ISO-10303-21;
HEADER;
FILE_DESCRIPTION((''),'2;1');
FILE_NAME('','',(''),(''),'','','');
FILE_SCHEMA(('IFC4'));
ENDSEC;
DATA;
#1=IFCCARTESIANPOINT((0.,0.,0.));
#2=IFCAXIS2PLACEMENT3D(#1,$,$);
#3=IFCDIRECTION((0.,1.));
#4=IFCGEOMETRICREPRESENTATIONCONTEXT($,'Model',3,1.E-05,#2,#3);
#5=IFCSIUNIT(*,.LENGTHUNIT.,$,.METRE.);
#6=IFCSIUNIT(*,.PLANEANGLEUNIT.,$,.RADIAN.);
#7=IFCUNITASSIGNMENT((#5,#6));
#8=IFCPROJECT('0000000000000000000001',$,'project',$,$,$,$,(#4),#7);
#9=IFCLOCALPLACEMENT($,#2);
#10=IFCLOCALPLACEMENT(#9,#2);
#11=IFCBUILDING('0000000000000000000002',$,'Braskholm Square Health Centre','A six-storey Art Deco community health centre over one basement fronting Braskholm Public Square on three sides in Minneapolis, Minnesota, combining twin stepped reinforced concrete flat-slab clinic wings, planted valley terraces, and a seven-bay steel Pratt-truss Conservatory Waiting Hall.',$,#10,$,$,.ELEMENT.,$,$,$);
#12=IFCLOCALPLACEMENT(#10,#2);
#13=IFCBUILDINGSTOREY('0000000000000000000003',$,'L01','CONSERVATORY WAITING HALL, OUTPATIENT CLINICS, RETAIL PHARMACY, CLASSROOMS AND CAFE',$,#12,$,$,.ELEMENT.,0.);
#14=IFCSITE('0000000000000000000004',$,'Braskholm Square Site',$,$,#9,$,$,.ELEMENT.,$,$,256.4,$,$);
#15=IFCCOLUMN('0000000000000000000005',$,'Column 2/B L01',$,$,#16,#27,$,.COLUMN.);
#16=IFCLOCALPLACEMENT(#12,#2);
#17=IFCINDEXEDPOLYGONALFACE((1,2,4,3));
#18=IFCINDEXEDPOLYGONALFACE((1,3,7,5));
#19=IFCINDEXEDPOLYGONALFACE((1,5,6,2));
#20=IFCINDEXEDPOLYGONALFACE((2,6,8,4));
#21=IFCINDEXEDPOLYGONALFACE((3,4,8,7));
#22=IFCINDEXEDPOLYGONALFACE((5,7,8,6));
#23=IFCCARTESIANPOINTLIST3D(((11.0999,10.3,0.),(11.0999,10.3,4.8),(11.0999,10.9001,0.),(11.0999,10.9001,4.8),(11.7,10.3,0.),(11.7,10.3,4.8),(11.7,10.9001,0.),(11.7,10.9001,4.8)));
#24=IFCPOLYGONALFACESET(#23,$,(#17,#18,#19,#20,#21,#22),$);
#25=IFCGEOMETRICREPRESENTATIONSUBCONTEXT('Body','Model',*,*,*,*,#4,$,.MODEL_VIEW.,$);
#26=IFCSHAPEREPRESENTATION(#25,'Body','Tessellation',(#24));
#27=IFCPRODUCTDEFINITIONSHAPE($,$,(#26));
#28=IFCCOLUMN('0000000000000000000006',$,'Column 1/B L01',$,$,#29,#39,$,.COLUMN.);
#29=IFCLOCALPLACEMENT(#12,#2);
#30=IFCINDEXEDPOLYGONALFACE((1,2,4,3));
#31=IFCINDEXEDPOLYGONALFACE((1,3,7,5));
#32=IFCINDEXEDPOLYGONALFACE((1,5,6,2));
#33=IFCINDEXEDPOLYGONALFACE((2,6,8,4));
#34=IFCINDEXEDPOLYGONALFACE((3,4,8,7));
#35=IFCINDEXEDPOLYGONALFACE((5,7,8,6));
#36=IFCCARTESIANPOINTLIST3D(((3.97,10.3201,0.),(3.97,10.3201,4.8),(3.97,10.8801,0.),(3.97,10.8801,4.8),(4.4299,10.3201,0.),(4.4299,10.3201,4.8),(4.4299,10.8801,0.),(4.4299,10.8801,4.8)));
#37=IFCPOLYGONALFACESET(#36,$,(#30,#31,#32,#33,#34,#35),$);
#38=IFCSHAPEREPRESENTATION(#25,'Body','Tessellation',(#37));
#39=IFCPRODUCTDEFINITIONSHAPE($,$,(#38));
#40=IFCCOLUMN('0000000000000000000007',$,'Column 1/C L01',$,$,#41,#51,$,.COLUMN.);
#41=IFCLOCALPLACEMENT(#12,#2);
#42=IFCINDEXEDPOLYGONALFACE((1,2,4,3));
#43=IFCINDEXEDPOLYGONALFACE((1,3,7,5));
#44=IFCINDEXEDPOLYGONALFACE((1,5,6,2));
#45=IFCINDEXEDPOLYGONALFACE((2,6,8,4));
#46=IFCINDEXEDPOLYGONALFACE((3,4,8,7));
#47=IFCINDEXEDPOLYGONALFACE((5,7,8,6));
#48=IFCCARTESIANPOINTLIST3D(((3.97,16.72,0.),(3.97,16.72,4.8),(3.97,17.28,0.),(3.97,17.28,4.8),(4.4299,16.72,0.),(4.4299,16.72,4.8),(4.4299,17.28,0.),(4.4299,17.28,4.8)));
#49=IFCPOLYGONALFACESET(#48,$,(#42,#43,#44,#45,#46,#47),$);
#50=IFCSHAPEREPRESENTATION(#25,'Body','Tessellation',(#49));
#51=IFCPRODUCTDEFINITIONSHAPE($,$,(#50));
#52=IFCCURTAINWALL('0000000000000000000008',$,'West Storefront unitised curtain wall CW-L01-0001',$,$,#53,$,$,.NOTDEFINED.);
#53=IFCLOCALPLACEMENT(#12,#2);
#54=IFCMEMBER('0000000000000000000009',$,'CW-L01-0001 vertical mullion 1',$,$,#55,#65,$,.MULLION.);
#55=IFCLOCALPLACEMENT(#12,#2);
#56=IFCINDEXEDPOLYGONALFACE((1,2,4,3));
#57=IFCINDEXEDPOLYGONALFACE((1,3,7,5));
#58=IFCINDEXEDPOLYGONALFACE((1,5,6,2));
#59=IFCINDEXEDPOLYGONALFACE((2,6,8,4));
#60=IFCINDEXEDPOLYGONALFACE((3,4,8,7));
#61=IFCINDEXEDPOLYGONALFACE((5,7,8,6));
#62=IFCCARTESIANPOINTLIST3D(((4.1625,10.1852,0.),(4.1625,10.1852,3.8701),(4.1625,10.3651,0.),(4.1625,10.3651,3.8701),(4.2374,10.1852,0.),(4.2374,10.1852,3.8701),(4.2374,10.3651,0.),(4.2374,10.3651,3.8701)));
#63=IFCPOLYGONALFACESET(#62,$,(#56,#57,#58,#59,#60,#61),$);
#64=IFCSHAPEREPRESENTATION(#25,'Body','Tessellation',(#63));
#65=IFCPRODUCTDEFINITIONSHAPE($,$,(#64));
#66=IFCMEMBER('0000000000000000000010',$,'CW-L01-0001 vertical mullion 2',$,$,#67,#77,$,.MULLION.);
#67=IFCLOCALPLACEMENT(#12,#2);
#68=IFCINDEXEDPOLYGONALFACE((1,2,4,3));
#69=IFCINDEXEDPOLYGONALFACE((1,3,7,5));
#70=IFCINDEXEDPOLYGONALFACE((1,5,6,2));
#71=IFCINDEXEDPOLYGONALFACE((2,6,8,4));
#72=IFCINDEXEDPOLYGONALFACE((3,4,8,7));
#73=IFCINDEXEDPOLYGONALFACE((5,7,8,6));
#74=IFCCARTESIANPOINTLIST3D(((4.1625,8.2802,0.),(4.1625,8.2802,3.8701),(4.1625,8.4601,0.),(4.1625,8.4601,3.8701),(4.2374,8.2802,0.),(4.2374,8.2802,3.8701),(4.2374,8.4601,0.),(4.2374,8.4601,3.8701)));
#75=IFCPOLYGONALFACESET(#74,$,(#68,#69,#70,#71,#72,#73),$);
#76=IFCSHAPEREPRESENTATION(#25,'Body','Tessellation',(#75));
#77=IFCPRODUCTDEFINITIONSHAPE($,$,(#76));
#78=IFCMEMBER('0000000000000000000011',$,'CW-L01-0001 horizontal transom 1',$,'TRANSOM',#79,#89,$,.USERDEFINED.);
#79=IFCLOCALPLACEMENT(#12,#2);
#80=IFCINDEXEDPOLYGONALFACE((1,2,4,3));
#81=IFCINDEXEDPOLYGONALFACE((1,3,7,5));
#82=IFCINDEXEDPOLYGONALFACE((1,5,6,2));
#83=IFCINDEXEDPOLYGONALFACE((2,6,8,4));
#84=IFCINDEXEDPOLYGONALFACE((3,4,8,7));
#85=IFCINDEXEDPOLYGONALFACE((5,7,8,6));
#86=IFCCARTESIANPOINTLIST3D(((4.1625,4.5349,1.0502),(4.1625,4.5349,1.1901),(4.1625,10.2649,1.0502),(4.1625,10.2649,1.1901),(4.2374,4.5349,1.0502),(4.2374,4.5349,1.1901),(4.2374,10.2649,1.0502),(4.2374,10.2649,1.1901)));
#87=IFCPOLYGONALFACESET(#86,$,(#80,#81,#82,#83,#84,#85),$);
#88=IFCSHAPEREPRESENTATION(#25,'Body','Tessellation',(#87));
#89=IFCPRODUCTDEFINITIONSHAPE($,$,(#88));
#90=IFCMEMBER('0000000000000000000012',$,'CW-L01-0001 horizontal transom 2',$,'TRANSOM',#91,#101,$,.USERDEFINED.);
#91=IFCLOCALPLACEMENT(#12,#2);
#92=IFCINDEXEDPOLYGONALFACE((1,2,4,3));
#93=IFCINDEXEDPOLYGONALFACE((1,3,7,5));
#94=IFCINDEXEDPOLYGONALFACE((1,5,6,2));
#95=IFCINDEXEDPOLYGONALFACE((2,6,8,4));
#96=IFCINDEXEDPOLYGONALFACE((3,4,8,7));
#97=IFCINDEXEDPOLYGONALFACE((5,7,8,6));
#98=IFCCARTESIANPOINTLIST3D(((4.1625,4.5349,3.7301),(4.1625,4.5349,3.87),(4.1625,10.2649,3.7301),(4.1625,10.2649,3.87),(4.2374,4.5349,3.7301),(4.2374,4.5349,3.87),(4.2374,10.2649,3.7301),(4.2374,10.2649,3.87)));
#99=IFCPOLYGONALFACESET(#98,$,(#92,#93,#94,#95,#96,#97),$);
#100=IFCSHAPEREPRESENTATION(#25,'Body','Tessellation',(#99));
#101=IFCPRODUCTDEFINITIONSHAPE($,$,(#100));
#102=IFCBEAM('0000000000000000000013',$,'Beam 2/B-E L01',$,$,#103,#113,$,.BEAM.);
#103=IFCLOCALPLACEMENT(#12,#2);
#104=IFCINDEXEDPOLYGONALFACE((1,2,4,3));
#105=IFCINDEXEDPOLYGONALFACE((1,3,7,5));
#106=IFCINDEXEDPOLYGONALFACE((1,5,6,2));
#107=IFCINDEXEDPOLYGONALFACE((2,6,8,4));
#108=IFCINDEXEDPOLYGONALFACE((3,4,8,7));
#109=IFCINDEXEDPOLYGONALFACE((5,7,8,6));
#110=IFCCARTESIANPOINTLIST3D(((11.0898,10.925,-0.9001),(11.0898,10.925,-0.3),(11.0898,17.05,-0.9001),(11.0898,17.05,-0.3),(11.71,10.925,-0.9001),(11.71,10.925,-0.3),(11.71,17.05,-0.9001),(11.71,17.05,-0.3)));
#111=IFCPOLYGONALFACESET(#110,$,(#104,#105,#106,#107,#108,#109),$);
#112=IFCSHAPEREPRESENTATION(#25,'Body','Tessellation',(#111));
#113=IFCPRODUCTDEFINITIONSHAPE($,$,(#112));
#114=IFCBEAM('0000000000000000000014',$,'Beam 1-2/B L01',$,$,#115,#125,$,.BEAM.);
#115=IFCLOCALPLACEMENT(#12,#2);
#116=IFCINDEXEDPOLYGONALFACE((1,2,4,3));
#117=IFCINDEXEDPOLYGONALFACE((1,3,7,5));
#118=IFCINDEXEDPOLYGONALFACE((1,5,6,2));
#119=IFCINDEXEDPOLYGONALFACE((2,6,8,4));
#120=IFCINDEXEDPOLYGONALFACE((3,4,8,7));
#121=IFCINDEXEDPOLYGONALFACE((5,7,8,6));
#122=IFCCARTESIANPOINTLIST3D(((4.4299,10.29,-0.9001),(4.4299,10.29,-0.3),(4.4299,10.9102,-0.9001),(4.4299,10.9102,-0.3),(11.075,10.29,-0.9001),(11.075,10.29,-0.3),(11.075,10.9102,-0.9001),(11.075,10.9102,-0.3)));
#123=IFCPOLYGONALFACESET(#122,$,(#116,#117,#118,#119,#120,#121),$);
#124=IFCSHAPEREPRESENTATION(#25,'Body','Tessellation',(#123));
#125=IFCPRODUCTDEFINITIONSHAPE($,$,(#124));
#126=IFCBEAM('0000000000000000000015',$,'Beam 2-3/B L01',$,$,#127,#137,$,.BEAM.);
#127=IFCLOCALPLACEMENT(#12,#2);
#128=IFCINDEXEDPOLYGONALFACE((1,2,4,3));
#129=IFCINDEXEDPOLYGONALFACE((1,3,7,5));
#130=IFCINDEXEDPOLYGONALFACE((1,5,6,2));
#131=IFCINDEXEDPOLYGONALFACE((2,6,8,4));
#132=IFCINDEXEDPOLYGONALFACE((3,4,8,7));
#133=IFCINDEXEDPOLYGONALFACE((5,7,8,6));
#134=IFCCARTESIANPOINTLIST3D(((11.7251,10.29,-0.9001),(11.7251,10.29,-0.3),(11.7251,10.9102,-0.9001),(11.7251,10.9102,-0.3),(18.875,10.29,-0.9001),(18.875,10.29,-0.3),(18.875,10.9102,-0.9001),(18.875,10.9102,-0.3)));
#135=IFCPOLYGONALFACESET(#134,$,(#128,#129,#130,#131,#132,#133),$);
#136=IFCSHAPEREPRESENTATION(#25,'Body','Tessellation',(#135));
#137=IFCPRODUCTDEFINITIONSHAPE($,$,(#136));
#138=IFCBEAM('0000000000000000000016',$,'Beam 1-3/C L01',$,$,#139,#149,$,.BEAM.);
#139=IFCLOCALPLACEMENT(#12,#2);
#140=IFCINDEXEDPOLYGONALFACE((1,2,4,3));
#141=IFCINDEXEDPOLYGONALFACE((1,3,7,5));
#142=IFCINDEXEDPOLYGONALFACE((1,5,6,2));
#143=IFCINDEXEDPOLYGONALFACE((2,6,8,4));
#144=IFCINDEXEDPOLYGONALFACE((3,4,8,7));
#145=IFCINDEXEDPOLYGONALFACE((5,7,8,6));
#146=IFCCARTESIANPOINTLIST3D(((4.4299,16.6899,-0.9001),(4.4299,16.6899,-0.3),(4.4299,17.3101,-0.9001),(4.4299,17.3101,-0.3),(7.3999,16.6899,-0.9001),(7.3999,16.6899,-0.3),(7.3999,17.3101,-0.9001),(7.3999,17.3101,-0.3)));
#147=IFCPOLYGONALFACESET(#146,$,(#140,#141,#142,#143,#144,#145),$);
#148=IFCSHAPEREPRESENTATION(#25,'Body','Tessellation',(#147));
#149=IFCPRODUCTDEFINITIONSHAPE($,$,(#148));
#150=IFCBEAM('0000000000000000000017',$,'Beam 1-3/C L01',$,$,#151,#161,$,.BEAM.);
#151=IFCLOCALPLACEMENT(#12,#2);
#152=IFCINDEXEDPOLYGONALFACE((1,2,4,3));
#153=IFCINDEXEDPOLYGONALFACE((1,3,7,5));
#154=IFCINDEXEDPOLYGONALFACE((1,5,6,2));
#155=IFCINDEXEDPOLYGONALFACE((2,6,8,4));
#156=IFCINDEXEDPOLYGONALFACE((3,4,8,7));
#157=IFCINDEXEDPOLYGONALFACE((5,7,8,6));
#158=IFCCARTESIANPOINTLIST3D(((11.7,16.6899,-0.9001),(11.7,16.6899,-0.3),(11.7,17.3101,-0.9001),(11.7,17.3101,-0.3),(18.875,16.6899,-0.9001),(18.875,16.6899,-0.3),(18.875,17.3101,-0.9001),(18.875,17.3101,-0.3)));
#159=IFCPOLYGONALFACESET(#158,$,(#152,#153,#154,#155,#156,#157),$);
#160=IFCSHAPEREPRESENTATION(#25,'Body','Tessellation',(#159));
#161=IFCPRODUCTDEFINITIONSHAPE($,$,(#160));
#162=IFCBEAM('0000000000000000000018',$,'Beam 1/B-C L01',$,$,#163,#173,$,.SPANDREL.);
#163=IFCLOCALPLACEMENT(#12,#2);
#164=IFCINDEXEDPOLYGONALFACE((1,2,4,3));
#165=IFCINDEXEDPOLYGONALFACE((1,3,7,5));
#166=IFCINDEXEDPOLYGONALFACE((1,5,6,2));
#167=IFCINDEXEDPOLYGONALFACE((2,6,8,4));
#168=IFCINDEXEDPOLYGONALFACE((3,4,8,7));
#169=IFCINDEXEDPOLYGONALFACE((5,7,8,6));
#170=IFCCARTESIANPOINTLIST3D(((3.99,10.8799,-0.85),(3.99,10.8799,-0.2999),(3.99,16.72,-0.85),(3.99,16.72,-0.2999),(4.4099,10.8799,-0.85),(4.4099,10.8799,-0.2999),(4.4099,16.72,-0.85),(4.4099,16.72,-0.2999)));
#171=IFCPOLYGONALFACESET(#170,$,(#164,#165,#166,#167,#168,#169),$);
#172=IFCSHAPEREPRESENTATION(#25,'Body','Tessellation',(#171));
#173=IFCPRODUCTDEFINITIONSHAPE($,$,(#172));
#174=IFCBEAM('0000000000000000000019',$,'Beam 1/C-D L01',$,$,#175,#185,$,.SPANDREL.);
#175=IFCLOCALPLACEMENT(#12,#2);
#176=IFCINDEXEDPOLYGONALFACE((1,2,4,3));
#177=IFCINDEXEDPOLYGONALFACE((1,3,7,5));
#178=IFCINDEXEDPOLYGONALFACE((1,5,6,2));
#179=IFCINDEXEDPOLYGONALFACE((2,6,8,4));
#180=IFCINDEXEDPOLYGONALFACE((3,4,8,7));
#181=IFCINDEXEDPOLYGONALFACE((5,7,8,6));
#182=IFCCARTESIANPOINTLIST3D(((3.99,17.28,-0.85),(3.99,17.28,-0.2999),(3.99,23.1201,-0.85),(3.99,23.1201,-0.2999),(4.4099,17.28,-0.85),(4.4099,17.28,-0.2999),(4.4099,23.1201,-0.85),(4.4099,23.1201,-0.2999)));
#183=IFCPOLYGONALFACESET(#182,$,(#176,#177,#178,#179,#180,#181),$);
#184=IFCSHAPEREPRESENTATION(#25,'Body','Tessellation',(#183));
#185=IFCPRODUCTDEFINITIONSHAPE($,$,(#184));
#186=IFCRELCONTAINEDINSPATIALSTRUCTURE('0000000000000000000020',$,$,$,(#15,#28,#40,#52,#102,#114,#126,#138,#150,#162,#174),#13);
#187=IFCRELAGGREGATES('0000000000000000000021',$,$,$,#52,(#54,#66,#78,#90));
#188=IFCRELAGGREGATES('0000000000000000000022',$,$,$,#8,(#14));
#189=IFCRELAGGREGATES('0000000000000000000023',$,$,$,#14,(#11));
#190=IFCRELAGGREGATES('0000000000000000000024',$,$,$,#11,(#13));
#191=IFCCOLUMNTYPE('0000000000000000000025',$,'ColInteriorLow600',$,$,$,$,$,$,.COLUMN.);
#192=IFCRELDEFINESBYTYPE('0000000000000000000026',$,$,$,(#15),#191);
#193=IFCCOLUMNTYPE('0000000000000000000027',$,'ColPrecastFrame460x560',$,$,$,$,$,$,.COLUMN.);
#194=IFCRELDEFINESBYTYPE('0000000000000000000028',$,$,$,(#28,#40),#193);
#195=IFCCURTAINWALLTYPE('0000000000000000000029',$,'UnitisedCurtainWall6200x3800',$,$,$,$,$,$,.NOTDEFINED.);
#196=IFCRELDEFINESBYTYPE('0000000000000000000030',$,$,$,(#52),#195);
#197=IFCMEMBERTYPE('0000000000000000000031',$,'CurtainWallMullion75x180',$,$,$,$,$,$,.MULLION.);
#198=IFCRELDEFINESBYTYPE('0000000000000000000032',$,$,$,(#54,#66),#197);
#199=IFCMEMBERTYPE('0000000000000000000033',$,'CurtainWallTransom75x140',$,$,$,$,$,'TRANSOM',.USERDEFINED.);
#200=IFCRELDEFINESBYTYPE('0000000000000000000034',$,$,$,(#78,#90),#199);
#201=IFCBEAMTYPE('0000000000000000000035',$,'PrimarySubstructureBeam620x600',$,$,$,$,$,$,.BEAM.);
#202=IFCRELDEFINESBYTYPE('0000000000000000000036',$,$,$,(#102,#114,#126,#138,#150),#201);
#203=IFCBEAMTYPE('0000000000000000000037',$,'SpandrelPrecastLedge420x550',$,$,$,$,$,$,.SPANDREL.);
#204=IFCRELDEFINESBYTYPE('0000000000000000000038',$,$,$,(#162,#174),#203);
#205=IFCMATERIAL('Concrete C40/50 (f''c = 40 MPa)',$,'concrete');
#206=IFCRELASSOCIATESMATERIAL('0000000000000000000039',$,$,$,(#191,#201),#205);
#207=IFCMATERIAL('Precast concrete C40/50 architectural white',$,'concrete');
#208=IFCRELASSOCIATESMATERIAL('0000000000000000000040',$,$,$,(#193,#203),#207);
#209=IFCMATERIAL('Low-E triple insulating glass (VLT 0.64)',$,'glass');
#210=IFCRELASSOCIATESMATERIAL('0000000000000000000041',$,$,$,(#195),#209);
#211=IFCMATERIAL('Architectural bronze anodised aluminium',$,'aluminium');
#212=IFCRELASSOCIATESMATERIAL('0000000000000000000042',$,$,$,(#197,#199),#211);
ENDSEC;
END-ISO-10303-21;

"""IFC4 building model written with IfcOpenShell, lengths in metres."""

from ifc_helpers import new_model, si_unit, direction, frame, origin, origin_2d, place, context, subcontext, project, spatial, rectangle, extrude, material, material_profile, profile_set, type_object, element, aggregate, save


model = new_model("IFC4")

# Units and contexts
model_context = context("Model", 3, precision=1e-05, world=origin(), true_north=direction((0.0, 1.0)))
body_context = subcontext(model_context, "Body", "Model", "MODEL_VIEW")
ifc_project = project(units=[si_unit("LENGTHUNIT", "METRE"), si_unit("PLANEANGLEUNIT", "RADIAN")], contexts=[model_context])

# Site, building, storey
site_placement = place(None, origin())
site = spatial("IfcSite", under=ifc_project, at=site_placement, Name="Braskholm Square Site", CompositionType="ELEMENT", RefElevation=256.4)
building_placement = place(site_placement, origin())
building = spatial("IfcBuilding", under=site, at=building_placement, Name="Braskholm Square Health Centre", Description="A six-storey Art Deco community health centre over one basement fronting Braskholm Public Square on three sides in Minneapolis, Minnesota, combining twin stepped reinforced concrete flat-slab clinic wings, planted valley terraces, and a seven-bay steel Pratt-truss Conservatory Waiting Hall.", CompositionType="ELEMENT")
storey_placement = place(building_placement, origin())
storey = spatial("IfcBuildingStorey", under=building, at=storey_placement, Name="L01", Description="CONSERVATORY WAITING HALL, OUTPATIENT CLINICS, RETAIL PHARMACY, CLASSROOMS AND CAFE", CompositionType="ELEMENT", Elevation=0.0)

# Columns
ifc_material_1 = material(Name="Concrete C40/50 (f'c = 40 MPa)", Category="concrete")
ifc_material_profile_1 = material_profile(ifc_material_1, rectangle(XDim=0.6001, YDim=0.6001, at=origin_2d()), Name="RC-600X600")
ifc_profile_set_1 = profile_set([ifc_material_profile_1], Name="Concrete C40/50 (f'c = 40 MPa)")
column_type_1 = type_object("IfcColumnType", Name="ColInteriorLow600", PredefinedType="COLUMN", material=ifc_profile_set_1)
column_placement = place(storey_placement, frame((11.3999, 10.6001, 0.0), z_axis=(0.0, 0.0, 1.0), x_axis=(1.0, 0.0, 0.0)))
element("IfcColumn", 1, at=column_placement, inside=storey, type_object=column_type_1, Name="Column 2/B L01", PredefinedType="COLUMN", context=body_context, shape_type="SweptSolid", body=[
    extrude(rectangle(XDim=0.6001, YDim=0.6001, at=origin_2d()), origin(), (0.0, 0.0, 1.0), 4.8),
])
ifc_material_2 = material(Name="Precast concrete C40/50 architectural white", Category="concrete")
ifc_material_profile_2 = material_profile(ifc_material_2, rectangle(XDim=0.46, YDim=0.5601, at=origin_2d()), Name="RC-460X560")
ifc_profile_set_2 = profile_set([ifc_material_profile_2], Name="Precast concrete C40/50 architectural white")
column_type_2 = type_object("IfcColumnType", Name="ColPrecastFrame460x560", PredefinedType="COLUMN", material=ifc_profile_set_2)
for number, where, z_axis, x_axis, name in (
    (2, (4.2, 10.6001, 0.0), (0.0, 0.0, 1.0), (1.0, 0.0, 0.0), "Column 1/B L01"),
    (3, (4.2, 17.0, 0.0), (0.0, 0.0, 1.0), (1.0, 0.0, 0.0), "Column 1/C L01"),
):
    element("IfcColumn", number, at=place(storey_placement, frame(where, z_axis=z_axis, x_axis=x_axis)), inside=storey, type_object=column_type_2, Name=name, PredefinedType="COLUMN", context=body_context, shape_type="SweptSolid", body=[
        extrude(rectangle(XDim=0.46, YDim=0.5601, at=origin_2d()), origin(), (0.0, 0.0, 1.0), 4.8),
    ])

# Curtain wall, members
ifc_material_3 = material(Name="Low-E triple insulating glass (VLT 0.64)", Category="glass")
curtain_wall_type = type_object("IfcCurtainWallType", Name="UnitisedCurtainWall6200x3800", PredefinedType="NOTDEFINED", material=ifc_material_3)
curtain_wall_placement = place(storey_placement, origin())
curtain_wall = element("IfcCurtainWall", 4, at=curtain_wall_placement, inside=storey, type_object=curtain_wall_type, Name="West Storefront unitised curtain wall CW-L01-0001", PredefinedType="NOTDEFINED")
ifc_material_4 = material(Name="Architectural bronze anodised aluminium", Category="aluminium")
ifc_material_profile_3 = material_profile(ifc_material_4, rectangle(XDim=0.075, YDim=0.1799, at=origin_2d()), Name="ALU-75X180")
ifc_profile_set_3 = profile_set([ifc_material_profile_3], Name="Architectural bronze anodised aluminium")
member_type_1 = type_object("IfcMemberType", Name="CurtainWallMullion75x180", PredefinedType="MULLION", material=ifc_profile_set_3)
member_1_placement = place(storey_placement, frame((4.2, 10.2751, 0.0), z_axis=(0.0, 0.0, 1.0), x_axis=(1.0, 0.0, 0.0)))
member_1 = element("IfcMember", 5, at=member_1_placement, type_object=member_type_1, Name="CW-L01-0001 vertical mullion 1", PredefinedType="MULLION", context=body_context, shape_type="SweptSolid", body=[
    extrude(rectangle(XDim=0.075, YDim=0.1799, at=origin_2d()), origin(), (0.0, 0.0, 1.0), 3.8701),
])
member_2_placement = place(storey_placement, frame((4.2, 8.3701, 0.0), z_axis=(0.0, 0.0, 1.0), x_axis=(1.0, 0.0, 0.0)))
member_2 = element("IfcMember", 6, at=member_2_placement, type_object=member_type_1, Name="CW-L01-0001 vertical mullion 2", PredefinedType="MULLION", context=body_context, shape_type="SweptSolid", body=[
    extrude(rectangle(XDim=0.075, YDim=0.1799, at=origin_2d()), origin(), (0.0, 0.0, 1.0), 3.8701),
])
ifc_material_profile_4 = material_profile(ifc_material_4, rectangle(XDim=0.075, YDim=0.1399, at=origin_2d()), Name="ALU-75X140")
ifc_profile_set_4 = profile_set([ifc_material_profile_4], Name="Architectural bronze anodised aluminium")
member_type_2 = type_object("IfcMemberType", Name="CurtainWallTransom75x140", ElementType="TRANSOM", PredefinedType="USERDEFINED", material=ifc_profile_set_4)
member_3_placement = place(storey_placement, frame((4.2, 10.2649, 1.1201), z_axis=(0.0, -1.0, 0.0), x_axis=(1.0, 0.0, 0.0)))
member_3 = element("IfcMember", 7, at=member_3_placement, type_object=member_type_2, Name="CW-L01-0001 horizontal transom 1", ObjectType="TRANSOM", PredefinedType="USERDEFINED", context=body_context, shape_type="SweptSolid", body=[
    extrude(rectangle(XDim=0.075, YDim=0.1399, at=origin_2d()), origin(), (0.0, 0.0, 1.0), 5.73),
])
member_4_placement = place(storey_placement, frame((4.2, 10.2649, 3.8), z_axis=(0.0, -1.0, 0.0), x_axis=(1.0, 0.0, 0.0)))
member_4 = element("IfcMember", 8, at=member_4_placement, type_object=member_type_2, Name="CW-L01-0001 horizontal transom 2", ObjectType="TRANSOM", PredefinedType="USERDEFINED", context=body_context, shape_type="SweptSolid", body=[
    extrude(rectangle(XDim=0.075, YDim=0.1399, at=origin_2d()), origin(), (0.0, 0.0, 1.0), 5.73),
])

# Beams
ifc_material_profile_5 = material_profile(ifc_material_1, rectangle(XDim=0.6201, YDim=0.6001, at=origin_2d()), Name="RCB-620X600")
ifc_profile_set_5 = profile_set([ifc_material_profile_5], Name="Concrete C40/50 (f'c = 40 MPa)")
beam_type_1 = type_object("IfcBeamType", Name="PrimarySubstructureBeam620x600", PredefinedType="BEAM", material=ifc_profile_set_5)
beam_1_placement = place(storey_placement, frame((11.3999, 10.925, -0.6001), z_axis=(0.0, 1.0, 0.0), x_axis=(-1.0, 0.0, 0.0)))
element("IfcBeam", 9, at=beam_1_placement, inside=storey, type_object=beam_type_1, Name="Beam 2/B-E L01", PredefinedType="BEAM", context=body_context, shape_type="SweptSolid", body=[
    extrude(rectangle(XDim=0.6201, YDim=0.6001, at=origin_2d()), origin(), (0.0, 0.0, 1.0), 6.125),
])
beam_2_placement = place(storey_placement, frame((4.4299, 10.6001, -0.6001), z_axis=(1.0, 0.0, 0.0), x_axis=(0.0, 1.0, 0.0)))
element("IfcBeam", 10, at=beam_2_placement, inside=storey, type_object=beam_type_1, Name="Beam 1-2/B L01", PredefinedType="BEAM", context=body_context, shape_type="SweptSolid", body=[
    extrude(rectangle(XDim=0.6201, YDim=0.6001, at=origin_2d()), origin(), (0.0, 0.0, 1.0), 6.645),
])
beam_3_placement = place(storey_placement, frame((11.7251, 10.6001, -0.6001), z_axis=(1.0, 0.0, 0.0), x_axis=(0.0, 1.0, 0.0)))
element("IfcBeam", 11, at=beam_3_placement, inside=storey, type_object=beam_type_1, Name="Beam 2-3/B L01", PredefinedType="BEAM", context=body_context, shape_type="SweptSolid", body=[
    extrude(rectangle(XDim=0.6201, YDim=0.6001, at=origin_2d()), origin(), (0.0, 0.0, 1.0), 7.1499),
])
beam_4_placement = place(storey_placement, frame((4.4299, 17.0, -0.6001), z_axis=(1.0, 0.0, 0.0), x_axis=(0.0, 1.0, 0.0)))
element("IfcBeam", 12, at=beam_4_placement, inside=storey, type_object=beam_type_1, Name="Beam 1-3/C L01", PredefinedType="BEAM", context=body_context, shape_type="SweptSolid", body=[
    extrude(rectangle(XDim=0.6201, YDim=0.6001, at=origin_2d()), origin(), (0.0, 0.0, 1.0), 2.97),
])
beam_5_placement = place(storey_placement, frame((11.7, 17.0, -0.6001), z_axis=(1.0, 0.0, 0.0), x_axis=(0.0, 1.0, 0.0)))
element("IfcBeam", 13, at=beam_5_placement, inside=storey, type_object=beam_type_1, Name="Beam 1-3/C L01", PredefinedType="BEAM", context=body_context, shape_type="SweptSolid", body=[
    extrude(rectangle(XDim=0.6201, YDim=0.6001, at=origin_2d()), origin(), (0.0, 0.0, 1.0), 7.175),
])
ifc_material_profile_6 = material_profile(ifc_material_2, rectangle(XDim=0.4199, YDim=0.55, at=origin_2d()), Name="RCB-420X550")
ifc_profile_set_6 = profile_set([ifc_material_profile_6], Name="Precast concrete C40/50 architectural white")
beam_type_2 = type_object("IfcBeamType", Name="SpandrelPrecastLedge420x550", PredefinedType="SPANDREL", material=ifc_profile_set_6)
for number, where, z_axis, x_axis, name in (
    (14, (4.2, 10.8799, -0.575), (0.0, 1.0, 0.0), (-1.0, 0.0, 0.0), "Beam 1/B-C L01"),
    (15, (4.2, 17.28, -0.575), (0.0, 1.0, 0.0), (-1.0, 0.0, 0.0), "Beam 1/C-D L01"),
):
    element("IfcBeam", number, at=place(storey_placement, frame(where, z_axis=z_axis, x_axis=x_axis)), inside=storey, type_object=beam_type_2, Name=name, PredefinedType="SPANDREL", context=body_context, shape_type="SweptSolid", body=[
        extrude(rectangle(XDim=0.4199, YDim=0.55, at=origin_2d()), origin(), (0.0, 0.0, 1.0), 5.8401),
    ])

aggregate(curtain_wall, [member_1, member_2, member_3, member_4])

save(model, "model.ifc")
